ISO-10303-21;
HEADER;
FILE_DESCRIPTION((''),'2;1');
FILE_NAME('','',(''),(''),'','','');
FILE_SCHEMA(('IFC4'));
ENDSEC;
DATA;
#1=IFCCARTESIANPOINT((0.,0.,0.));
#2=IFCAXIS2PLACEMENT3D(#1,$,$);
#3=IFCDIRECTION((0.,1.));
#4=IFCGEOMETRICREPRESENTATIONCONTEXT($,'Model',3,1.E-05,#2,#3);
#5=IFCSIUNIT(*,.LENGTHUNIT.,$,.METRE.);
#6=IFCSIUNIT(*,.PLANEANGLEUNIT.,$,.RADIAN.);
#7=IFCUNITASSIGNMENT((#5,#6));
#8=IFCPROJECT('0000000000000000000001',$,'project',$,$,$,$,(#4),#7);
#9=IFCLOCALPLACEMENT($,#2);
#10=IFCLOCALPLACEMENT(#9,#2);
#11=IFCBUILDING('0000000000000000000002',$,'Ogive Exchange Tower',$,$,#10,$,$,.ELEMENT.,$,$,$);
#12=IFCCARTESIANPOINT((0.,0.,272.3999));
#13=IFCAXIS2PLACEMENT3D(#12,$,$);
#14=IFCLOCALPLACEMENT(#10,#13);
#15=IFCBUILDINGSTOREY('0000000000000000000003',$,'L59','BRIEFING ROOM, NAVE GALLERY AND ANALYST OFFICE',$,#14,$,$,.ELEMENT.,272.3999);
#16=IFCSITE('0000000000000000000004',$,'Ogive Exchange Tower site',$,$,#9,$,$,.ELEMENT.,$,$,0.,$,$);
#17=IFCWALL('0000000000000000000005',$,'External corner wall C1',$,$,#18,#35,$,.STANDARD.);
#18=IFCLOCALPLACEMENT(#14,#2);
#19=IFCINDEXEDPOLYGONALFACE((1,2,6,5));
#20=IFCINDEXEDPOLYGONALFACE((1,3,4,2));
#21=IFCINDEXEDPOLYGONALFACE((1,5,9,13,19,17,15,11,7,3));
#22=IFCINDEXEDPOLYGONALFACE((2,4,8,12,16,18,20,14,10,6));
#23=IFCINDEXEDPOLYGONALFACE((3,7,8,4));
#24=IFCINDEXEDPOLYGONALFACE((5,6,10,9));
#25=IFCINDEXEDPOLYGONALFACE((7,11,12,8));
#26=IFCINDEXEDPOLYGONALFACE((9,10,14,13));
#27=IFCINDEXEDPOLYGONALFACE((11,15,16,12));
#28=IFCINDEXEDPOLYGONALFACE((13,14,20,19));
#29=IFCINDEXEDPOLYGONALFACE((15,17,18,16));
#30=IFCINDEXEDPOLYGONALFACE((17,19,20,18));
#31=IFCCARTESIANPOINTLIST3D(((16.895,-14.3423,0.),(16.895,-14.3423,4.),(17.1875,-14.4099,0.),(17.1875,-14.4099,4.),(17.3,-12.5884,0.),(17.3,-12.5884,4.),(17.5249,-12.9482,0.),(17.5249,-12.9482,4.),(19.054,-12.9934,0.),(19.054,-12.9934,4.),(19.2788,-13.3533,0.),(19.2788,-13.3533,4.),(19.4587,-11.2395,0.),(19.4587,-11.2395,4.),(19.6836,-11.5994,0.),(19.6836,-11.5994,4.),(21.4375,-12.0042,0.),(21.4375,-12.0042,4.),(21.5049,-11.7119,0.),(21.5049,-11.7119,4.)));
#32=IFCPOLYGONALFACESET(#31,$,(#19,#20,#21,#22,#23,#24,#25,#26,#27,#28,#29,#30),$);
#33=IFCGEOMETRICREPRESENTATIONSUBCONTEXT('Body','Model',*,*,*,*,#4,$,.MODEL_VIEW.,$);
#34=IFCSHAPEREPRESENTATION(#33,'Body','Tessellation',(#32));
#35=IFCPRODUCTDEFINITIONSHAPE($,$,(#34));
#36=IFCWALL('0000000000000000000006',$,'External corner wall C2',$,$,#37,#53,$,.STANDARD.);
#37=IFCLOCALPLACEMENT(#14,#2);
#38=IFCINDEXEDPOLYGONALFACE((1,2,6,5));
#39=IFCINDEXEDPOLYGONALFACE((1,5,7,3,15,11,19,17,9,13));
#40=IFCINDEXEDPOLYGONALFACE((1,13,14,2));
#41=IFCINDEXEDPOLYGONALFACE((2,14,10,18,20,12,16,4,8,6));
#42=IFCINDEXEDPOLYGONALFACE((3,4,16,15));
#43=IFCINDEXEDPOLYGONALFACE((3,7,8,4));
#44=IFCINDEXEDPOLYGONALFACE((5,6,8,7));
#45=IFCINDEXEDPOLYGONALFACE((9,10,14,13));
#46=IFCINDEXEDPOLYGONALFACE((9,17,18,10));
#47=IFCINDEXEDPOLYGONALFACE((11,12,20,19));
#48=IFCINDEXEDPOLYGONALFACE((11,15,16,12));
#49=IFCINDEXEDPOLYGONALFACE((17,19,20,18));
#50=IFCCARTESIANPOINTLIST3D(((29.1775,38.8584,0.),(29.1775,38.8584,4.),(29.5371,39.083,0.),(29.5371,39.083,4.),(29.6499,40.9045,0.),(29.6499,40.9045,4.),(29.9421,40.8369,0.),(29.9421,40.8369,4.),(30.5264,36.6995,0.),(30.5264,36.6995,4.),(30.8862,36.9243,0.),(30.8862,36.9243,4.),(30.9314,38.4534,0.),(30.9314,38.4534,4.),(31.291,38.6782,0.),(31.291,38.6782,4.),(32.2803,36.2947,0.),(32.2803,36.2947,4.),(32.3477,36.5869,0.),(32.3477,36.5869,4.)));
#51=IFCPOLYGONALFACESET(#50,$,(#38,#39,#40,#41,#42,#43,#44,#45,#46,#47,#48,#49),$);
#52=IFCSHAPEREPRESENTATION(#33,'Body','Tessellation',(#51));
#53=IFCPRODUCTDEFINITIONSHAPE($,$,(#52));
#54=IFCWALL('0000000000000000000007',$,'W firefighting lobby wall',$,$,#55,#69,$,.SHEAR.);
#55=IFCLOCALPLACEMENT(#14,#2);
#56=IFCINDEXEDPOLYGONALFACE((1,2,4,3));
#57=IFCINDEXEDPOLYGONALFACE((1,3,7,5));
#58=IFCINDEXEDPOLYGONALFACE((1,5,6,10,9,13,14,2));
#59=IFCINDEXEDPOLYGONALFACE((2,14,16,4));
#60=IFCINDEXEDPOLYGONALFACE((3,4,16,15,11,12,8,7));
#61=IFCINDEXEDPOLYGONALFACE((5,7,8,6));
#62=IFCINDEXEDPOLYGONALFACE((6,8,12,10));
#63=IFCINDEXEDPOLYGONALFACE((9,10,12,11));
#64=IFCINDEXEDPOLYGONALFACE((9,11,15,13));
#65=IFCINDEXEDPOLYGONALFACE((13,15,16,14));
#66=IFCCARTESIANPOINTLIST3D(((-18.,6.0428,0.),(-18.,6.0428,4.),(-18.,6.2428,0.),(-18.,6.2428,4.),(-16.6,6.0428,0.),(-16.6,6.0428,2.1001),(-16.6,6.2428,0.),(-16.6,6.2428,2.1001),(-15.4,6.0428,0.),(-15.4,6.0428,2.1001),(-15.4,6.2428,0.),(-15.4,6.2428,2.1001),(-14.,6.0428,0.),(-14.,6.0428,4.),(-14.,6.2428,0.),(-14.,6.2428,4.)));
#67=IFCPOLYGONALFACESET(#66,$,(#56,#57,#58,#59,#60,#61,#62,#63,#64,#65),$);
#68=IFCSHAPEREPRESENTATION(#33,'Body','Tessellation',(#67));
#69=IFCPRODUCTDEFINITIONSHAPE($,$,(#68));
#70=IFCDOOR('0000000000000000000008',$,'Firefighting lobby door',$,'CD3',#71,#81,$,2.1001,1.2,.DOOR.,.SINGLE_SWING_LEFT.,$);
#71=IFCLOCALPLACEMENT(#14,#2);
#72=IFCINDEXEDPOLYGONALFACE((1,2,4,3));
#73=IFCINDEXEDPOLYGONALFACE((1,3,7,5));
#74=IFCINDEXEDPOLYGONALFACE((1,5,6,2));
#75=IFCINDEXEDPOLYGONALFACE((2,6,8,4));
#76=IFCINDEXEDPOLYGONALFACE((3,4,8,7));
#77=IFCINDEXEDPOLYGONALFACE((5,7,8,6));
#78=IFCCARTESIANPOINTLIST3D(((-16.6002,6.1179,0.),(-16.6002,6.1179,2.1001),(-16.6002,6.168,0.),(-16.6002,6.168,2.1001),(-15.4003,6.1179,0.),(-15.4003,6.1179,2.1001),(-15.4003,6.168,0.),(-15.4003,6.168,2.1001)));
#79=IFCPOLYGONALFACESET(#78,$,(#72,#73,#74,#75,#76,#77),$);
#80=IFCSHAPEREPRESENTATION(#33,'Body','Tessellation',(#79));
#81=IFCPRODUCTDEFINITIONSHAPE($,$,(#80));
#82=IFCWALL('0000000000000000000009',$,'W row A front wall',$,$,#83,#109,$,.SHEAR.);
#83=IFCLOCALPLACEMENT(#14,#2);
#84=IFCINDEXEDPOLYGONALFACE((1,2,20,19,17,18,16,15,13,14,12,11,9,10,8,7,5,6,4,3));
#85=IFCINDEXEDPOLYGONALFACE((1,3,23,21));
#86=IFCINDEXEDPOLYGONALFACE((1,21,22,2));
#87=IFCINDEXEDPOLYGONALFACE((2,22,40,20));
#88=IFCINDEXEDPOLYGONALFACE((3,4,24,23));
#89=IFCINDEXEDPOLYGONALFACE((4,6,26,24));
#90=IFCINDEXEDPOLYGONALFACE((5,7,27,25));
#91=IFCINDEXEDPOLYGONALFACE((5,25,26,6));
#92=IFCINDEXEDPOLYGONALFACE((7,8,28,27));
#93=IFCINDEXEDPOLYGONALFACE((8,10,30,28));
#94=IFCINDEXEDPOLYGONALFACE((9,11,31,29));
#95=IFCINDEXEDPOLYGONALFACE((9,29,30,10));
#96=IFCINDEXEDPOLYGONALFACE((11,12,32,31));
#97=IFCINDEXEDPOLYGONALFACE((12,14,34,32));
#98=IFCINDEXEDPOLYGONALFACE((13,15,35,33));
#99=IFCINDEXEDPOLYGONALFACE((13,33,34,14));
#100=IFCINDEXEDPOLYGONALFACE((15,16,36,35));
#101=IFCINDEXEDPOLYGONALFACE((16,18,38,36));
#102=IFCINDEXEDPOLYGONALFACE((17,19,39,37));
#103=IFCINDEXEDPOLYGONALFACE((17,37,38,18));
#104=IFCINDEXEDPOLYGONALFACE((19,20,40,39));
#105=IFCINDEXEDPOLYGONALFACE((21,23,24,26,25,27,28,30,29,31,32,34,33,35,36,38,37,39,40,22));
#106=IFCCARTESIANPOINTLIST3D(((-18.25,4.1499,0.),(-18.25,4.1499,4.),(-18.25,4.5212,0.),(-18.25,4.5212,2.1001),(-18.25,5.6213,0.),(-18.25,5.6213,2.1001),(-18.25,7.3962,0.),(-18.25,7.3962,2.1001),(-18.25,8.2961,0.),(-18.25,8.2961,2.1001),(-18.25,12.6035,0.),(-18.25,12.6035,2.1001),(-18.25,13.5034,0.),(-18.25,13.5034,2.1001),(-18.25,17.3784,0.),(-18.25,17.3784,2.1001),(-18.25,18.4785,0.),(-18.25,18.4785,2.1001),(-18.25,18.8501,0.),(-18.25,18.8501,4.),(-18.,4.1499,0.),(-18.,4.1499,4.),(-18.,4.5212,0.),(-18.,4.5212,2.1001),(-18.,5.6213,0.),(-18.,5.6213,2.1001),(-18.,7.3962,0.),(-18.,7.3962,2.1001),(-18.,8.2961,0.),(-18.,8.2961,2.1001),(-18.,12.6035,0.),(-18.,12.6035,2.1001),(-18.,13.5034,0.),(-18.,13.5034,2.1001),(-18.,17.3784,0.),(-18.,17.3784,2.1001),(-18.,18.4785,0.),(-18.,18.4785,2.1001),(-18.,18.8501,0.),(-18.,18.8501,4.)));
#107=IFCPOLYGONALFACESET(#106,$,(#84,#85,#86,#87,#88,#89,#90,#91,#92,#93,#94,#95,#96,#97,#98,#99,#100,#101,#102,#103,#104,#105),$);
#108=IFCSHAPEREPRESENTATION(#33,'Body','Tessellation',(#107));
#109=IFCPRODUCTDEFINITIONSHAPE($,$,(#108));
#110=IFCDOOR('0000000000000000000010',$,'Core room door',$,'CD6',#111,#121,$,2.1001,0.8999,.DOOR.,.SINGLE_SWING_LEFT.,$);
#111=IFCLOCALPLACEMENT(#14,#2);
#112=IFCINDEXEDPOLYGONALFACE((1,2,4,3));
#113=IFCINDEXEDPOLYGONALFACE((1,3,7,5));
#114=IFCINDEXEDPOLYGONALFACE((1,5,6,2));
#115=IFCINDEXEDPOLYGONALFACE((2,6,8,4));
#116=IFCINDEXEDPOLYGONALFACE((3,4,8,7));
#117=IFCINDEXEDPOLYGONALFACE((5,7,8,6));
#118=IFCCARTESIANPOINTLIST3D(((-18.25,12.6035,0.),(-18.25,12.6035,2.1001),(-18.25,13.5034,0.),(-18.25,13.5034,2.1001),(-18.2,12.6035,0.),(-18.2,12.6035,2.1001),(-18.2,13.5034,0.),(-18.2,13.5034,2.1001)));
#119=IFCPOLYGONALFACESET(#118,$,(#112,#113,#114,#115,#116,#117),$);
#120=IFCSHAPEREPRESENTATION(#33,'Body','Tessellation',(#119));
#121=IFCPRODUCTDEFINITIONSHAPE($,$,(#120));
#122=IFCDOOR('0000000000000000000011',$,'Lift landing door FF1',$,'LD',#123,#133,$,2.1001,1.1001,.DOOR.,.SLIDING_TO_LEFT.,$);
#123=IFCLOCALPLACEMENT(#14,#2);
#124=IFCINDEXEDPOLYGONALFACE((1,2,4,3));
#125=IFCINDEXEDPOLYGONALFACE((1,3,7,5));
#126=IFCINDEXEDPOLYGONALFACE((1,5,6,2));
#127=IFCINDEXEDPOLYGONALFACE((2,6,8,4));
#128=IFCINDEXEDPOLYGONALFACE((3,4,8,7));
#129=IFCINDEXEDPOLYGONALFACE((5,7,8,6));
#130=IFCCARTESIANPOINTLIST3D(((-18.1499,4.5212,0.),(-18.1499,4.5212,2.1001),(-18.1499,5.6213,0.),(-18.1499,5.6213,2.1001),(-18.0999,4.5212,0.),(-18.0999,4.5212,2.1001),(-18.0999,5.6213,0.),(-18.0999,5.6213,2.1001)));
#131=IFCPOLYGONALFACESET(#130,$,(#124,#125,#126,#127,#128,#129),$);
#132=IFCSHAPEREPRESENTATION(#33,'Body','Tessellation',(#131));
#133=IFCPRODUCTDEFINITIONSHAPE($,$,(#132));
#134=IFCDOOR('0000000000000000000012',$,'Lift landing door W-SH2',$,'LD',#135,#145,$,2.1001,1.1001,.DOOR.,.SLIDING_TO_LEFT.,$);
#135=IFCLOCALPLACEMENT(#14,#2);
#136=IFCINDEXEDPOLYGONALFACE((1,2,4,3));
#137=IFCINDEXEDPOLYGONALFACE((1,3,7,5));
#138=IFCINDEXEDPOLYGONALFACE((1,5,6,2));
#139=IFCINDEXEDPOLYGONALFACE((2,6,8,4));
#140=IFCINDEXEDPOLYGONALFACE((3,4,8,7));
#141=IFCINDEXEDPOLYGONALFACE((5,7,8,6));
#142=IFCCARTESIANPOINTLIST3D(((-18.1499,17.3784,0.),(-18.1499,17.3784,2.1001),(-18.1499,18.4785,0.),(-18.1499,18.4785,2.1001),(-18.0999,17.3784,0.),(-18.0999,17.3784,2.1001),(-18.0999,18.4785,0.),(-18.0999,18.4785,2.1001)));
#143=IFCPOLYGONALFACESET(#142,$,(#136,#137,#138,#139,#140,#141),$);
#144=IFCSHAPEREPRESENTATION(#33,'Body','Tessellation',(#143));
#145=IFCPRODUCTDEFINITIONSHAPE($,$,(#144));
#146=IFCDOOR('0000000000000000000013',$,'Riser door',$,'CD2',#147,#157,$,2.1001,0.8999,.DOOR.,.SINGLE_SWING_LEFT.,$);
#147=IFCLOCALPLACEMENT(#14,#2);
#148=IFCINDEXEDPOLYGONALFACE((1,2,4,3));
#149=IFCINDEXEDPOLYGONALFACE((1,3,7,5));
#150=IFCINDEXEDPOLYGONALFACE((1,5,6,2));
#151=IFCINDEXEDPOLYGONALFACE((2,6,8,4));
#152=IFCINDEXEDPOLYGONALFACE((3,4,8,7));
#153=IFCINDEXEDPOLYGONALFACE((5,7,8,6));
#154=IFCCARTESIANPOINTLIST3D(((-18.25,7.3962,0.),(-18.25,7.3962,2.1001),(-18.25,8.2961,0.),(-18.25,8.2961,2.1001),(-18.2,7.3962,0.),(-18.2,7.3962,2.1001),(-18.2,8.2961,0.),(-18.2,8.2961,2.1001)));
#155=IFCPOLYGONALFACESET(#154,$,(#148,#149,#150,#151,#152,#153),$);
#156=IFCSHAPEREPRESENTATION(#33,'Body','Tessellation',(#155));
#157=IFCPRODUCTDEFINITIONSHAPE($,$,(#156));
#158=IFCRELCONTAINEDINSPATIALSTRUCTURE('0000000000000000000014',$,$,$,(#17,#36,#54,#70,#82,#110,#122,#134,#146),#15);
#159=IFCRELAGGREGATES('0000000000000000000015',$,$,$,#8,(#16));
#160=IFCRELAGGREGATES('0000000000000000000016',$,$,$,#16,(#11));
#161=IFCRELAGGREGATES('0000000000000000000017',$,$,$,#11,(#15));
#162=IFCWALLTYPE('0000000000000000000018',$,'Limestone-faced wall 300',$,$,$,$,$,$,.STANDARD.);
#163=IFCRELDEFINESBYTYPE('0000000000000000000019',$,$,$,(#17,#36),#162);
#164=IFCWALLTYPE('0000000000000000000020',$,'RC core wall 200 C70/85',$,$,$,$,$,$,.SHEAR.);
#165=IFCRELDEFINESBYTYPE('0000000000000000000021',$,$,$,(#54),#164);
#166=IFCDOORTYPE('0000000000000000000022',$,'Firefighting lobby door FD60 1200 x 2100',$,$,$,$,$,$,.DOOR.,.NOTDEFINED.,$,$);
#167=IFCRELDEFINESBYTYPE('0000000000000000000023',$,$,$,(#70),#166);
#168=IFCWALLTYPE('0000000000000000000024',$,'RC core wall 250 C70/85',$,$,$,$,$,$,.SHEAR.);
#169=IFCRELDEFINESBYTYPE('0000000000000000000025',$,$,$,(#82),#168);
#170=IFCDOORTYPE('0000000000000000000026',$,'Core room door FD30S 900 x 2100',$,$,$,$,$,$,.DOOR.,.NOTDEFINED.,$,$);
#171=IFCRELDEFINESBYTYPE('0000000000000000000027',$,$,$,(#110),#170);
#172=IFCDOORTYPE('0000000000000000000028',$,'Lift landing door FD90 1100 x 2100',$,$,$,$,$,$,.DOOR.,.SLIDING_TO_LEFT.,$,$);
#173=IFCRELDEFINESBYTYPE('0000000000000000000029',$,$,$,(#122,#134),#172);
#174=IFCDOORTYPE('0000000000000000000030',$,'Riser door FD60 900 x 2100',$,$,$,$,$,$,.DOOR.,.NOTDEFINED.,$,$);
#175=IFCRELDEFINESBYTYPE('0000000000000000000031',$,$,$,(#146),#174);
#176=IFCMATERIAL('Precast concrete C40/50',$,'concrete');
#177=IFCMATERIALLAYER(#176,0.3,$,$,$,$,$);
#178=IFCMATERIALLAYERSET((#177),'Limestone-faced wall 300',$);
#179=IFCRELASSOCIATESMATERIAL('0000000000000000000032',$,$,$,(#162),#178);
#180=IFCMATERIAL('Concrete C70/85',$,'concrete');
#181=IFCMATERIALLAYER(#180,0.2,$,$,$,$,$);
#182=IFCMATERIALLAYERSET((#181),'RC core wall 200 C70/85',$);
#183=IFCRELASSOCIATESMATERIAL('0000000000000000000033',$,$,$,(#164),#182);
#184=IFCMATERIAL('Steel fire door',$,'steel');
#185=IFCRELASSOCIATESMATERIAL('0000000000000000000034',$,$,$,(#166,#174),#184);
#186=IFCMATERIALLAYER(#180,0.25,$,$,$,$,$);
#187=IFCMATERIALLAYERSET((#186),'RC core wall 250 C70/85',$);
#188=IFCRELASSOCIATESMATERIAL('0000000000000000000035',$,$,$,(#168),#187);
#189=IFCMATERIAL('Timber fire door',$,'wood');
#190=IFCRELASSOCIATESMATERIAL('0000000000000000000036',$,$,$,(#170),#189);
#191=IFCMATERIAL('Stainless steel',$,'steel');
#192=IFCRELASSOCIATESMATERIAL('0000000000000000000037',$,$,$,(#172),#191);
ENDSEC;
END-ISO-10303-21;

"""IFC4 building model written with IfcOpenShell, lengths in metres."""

from ifc_helpers import new_model, si_unit, direction, frame, frame_2d, origin, place, context, subcontext, project, spatial, polyline, rectangle, outline, extrude, material, layer, layer_set, type_object, element, fill, save


model = new_model("IFC4")

# Units and contexts
model_context = context("Model", 3, precision=1e-05, world=origin(), true_north=direction((0.0, 1.0)))
body_context = subcontext(model_context, "Body", "Model", "MODEL_VIEW")
ifc_project = project(units=[si_unit("LENGTHUNIT", "METRE"), si_unit("PLANEANGLEUNIT", "RADIAN")], contexts=[model_context])

# Site, building, storey
site_placement = place(None, origin())
site = spatial("IfcSite", under=ifc_project, at=site_placement, Name="Ogive Exchange Tower site", CompositionType="ELEMENT", RefElevation=0.0)
building_placement = place(site_placement, origin())
building = spatial("IfcBuilding", under=site, at=building_placement, Name="Ogive Exchange Tower", CompositionType="ELEMENT")
storey_placement = place(building_placement, frame((0.0, 0.0, 272.3999)))
storey = spatial("IfcBuildingStorey", under=building, at=storey_placement, Name="L59", Description="BRIEFING ROOM, NAVE GALLERY AND ANALYST OFFICE", CompositionType="ELEMENT", Elevation=272.3999)

# Walls
ifc_material_1 = material(Name="Precast concrete C40/50", Category="concrete")
ifc_layer_1 = layer(ifc_material_1, 0.3)
ifc_layer_set_1 = layer_set([ifc_layer_1], Name="Limestone-faced wall 300")
wall_type_1 = type_object("IfcWallType", Name="Limestone-faced wall 300", PredefinedType="STANDARD", material=ifc_layer_set_1)
wall_1_placement = place(storey_placement, origin())
element("IfcWall", 1, at=wall_1_placement, inside=storey, type_object=wall_type_1, Name="External corner wall C1", PredefinedType="STANDARD", context=body_context, shape_type="SweptSolid", body=[
    extrude(outline(polyline([(19.054, -12.9934), (19.4587, -11.2395), (21.5049, -11.7119), (21.4375, -12.0042), (19.6836, -11.5994), (19.2788, -13.3533), (17.5249, -12.9482), (17.1875, -14.4099), (16.895, -14.3423), (17.3, -12.5884), (19.054, -12.9934)])), origin(), (0.0, 0.0, 1.0), 4.0),
])
wall_2_placement = place(storey_placement, origin())
element("IfcWall", 2, at=wall_2_placement, inside=storey, type_object=wall_type_1, Name="External corner wall C2", PredefinedType="STANDARD", context=body_context, shape_type="SweptSolid", body=[
    extrude(outline(polyline([(30.9314, 38.4534), (29.1775, 38.8584), (29.6499, 40.9045), (29.9421, 40.8369), (29.5371, 39.083), (31.291, 38.6782), (30.8862, 36.9243), (32.3477, 36.5869), (32.2803, 36.2947), (30.5264, 36.6995), (30.9314, 38.4534)])), origin(), (0.0, 0.0, 1.0), 4.0),
])

# Wall, opening, door
ifc_material_2 = material(Name="Concrete C70/85", Category="concrete")
ifc_layer_2 = layer(ifc_material_2, 0.2)
ifc_layer_set_2 = layer_set([ifc_layer_2], Name="RC core wall 200 C70/85")
wall_type_2 = type_object("IfcWallType", Name="RC core wall 200 C70/85", PredefinedType="SHEAR", material=ifc_layer_set_2)
wall_3_placement = place(storey_placement, frame((-18.0, 6.1428, 0.0), z_axis=(0.0, 0.0, 1.0), x_axis=(1.0, 0.0, 0.0)))
wall_3 = element("IfcWall", 3, at=wall_3_placement, inside=storey, type_object=wall_type_2, Name="W firefighting lobby wall", PredefinedType="SHEAR", context=body_context, shape_type="SweptSolid", body=[
    extrude(rectangle(XDim=4.0, YDim=0.2, at=frame_2d((2.0, 0.0))), origin(), (0.0, 0.0, 1.0), 4.0),
])
opening_1_placement = place(wall_3_placement, frame((1.3999, 0.0, 0.0)))
opening_1 = element("IfcOpeningElement", 4, at=opening_1_placement, cuts=wall_3, PredefinedType="OPENING", context=body_context, shape_type="SweptSolid", body=[
    extrude(rectangle(XDim=1.2, YDim=2.1001, at=frame_2d((0.6001, 1.05))), frame((0.0, 0.1099, 0.0), z_axis=(0.0, -1.0, 0.0), x_axis=(1.0, 0.0, 0.0)), (0.0, 0.0, 1.0), 0.22),
])
ifc_material_3 = material(Name="Steel fire door", Category="steel")
door_type_1 = type_object("IfcDoorType", Name="Firefighting lobby door FD60 1200 x 2100", OperationType="NOTDEFINED", PredefinedType="DOOR", material=ifc_material_3)
door_1_placement = place(opening_1_placement, frame((1.2, 0.0, 0.0), z_axis=(0.0, 0.0, 1.0), x_axis=(-1.0, 0.0, 0.0)))
door_1 = element("IfcDoor", 5, at=door_1_placement, inside=storey, type_object=door_type_1, Name="Firefighting lobby door", ObjectType="CD3", OperationType="SINGLE_SWING_LEFT", OverallHeight=2.1001, OverallWidth=1.2, PredefinedType="DOOR", context=body_context, shape_type="SweptSolid", body=[
    extrude(rectangle(XDim=1.2, YDim=2.1001, at=frame_2d((0.6001, 1.05))), frame((0.0, 0.0249, 0.0), z_axis=(0.0, -1.0, 0.0), x_axis=(1.0, 0.0, 0.0)), (0.0, 0.0, 1.0), 0.05),
])
fill(opening_1, door_1)

# Wall, openings, doors
ifc_layer_3 = layer(ifc_material_2, 0.25)
ifc_layer_set_3 = layer_set([ifc_layer_3], Name="RC core wall 250 C70/85")
wall_type_3 = type_object("IfcWallType", Name="RC core wall 250 C70/85", PredefinedType="SHEAR", material=ifc_layer_set_3)
wall_4_placement = place(storey_placement, frame((-18.125, 4.1499, 0.0), z_axis=(0.0, 0.0, 1.0), x_axis=(0.0, 1.0, 0.0)))
wall_4 = element("IfcWall", 6, at=wall_4_placement, inside=storey, type_object=wall_type_3, Name="W row A front wall", PredefinedType="SHEAR", context=body_context, shape_type="SweptSolid", body=[
    extrude(rectangle(XDim=14.7002, YDim=0.25, at=frame_2d((7.3501, 0.0))), origin(), (0.0, 0.0, 1.0), 4.0),
])
opening_2_placement = place(wall_4_placement, frame((3.2463, 0.0, 0.0)))
opening_2 = element("IfcOpeningElement", 7, at=opening_2_placement, cuts=wall_4, PredefinedType="OPENING", context=body_context, shape_type="SweptSolid", body=[
    extrude(rectangle(XDim=0.8999, YDim=2.1001, at=frame_2d((0.45, 1.05))), frame((0.0, 0.135, 0.0), z_axis=(0.0, -1.0, 0.0), x_axis=(1.0, 0.0, 0.0)), (0.0, 0.0, 1.0), 0.27),
])
opening_3_placement = place(wall_4_placement, frame((8.4536, 0.0, 0.0)))
opening_3 = element("IfcOpeningElement", 8, at=opening_3_placement, cuts=wall_4, PredefinedType="OPENING", context=body_context, shape_type="SweptSolid", body=[
    extrude(rectangle(XDim=0.8999, YDim=2.1001, at=frame_2d((0.45, 1.05))), frame((0.0, 0.135, 0.0), z_axis=(0.0, -1.0, 0.0), x_axis=(1.0, 0.0, 0.0)), (0.0, 0.0, 1.0), 0.27),
])
opening_4_placement = place(wall_4_placement, frame((0.3713, 0.0, 0.0)))
opening_4 = element("IfcOpeningElement", 9, at=opening_4_placement, cuts=wall_4, PredefinedType="OPENING", context=body_context, shape_type="SweptSolid", body=[
    extrude(rectangle(XDim=1.1001, YDim=2.1001, at=frame_2d((0.55, 1.05))), frame((0.0, 0.135, 0.0), z_axis=(0.0, -1.0, 0.0), x_axis=(1.0, 0.0, 0.0)), (0.0, 0.0, 1.0), 0.27),
])
opening_5_placement = place(wall_4_placement, frame((13.2285, 0.0, 0.0)))
opening_5 = element("IfcOpeningElement", 10, at=opening_5_placement, cuts=wall_4, PredefinedType="OPENING", context=body_context, shape_type="SweptSolid", body=[
    extrude(rectangle(XDim=1.1001, YDim=2.1001, at=frame_2d((0.55, 1.05))), frame((0.0, 0.135, 0.0), z_axis=(0.0, -1.0, 0.0), x_axis=(1.0, 0.0, 0.0)), (0.0, 0.0, 1.0), 0.27),
])
ifc_material_4 = material(Name="Timber fire door", Category="wood")
door_type_2 = type_object("IfcDoorType", Name="Core room door FD30S 900 x 2100", OperationType="NOTDEFINED", PredefinedType="DOOR", material=ifc_material_4)
door_2_placement = place(opening_3_placement, origin())
door_2 = element("IfcDoor", 11, at=door_2_placement, inside=storey, type_object=door_type_2, Name="Core room door", ObjectType="CD6", OperationType="SINGLE_SWING_LEFT", OverallHeight=2.1001, OverallWidth=0.8999, PredefinedType="DOOR", context=body_context, shape_type="SweptSolid", body=[
    extrude(rectangle(XDim=0.8999, YDim=2.1001, at=frame_2d((0.45, 1.05))), frame((0.0, 0.125, 0.0), z_axis=(0.0, -1.0, 0.0), x_axis=(1.0, 0.0, 0.0)), (0.0, 0.0, 1.0), 0.05),
])
fill(opening_3, door_2)
ifc_material_5 = material(Name="Stainless steel", Category="steel")
door_type_3 = type_object("IfcDoorType", Name="Lift landing door FD90 1100 x 2100", OperationType="SLIDING_TO_LEFT", PredefinedType="DOOR", material=ifc_material_5)
door_3_placement = place(opening_4_placement, origin())
door_3 = element("IfcDoor", 12, at=door_3_placement, inside=storey, type_object=door_type_3, Name="Lift landing door FF1", ObjectType="LD", OperationType="SLIDING_TO_LEFT", OverallHeight=2.1001, OverallWidth=1.1001, PredefinedType="DOOR", context=body_context, shape_type="SweptSolid", body=[
    extrude(rectangle(XDim=1.1001, YDim=2.1001, at=frame_2d((0.55, 1.05))), frame((0.0, 0.0249, 0.0), z_axis=(0.0, -1.0, 0.0), x_axis=(1.0, 0.0, 0.0)), (0.0, 0.0, 1.0), 0.05),
])
fill(opening_4, door_3)
door_4_placement = place(opening_5_placement, origin())
door_4 = element("IfcDoor", 13, at=door_4_placement, inside=storey, type_object=door_type_3, Name="Lift landing door W-SH2", ObjectType="LD", OperationType="SLIDING_TO_LEFT", OverallHeight=2.1001, OverallWidth=1.1001, PredefinedType="DOOR", context=body_context, shape_type="SweptSolid", body=[
    extrude(rectangle(XDim=1.1001, YDim=2.1001, at=frame_2d((0.55, 1.05))), frame((0.0, 0.0249, 0.0), z_axis=(0.0, -1.0, 0.0), x_axis=(1.0, 0.0, 0.0)), (0.0, 0.0, 1.0), 0.05),
])
fill(opening_5, door_4)
door_type_4 = type_object("IfcDoorType", Name="Riser door FD60 900 x 2100", OperationType="NOTDEFINED", PredefinedType="DOOR", material=ifc_material_3)
door_5_placement = place(opening_2_placement, origin())
door_5 = element("IfcDoor", 14, at=door_5_placement, inside=storey, type_object=door_type_4, Name="Riser door", ObjectType="CD2", OperationType="SINGLE_SWING_LEFT", OverallHeight=2.1001, OverallWidth=0.8999, PredefinedType="DOOR", context=body_context, shape_type="SweptSolid", body=[
    extrude(rectangle(XDim=0.8999, YDim=2.1001, at=frame_2d((0.45, 1.05))), frame((0.0, 0.125, 0.0), z_axis=(0.0, -1.0, 0.0), x_axis=(1.0, 0.0, 0.0)), (0.0, 0.0, 1.0), 0.05),
])
fill(opening_2, door_5)

save(model, "model.ifc")
